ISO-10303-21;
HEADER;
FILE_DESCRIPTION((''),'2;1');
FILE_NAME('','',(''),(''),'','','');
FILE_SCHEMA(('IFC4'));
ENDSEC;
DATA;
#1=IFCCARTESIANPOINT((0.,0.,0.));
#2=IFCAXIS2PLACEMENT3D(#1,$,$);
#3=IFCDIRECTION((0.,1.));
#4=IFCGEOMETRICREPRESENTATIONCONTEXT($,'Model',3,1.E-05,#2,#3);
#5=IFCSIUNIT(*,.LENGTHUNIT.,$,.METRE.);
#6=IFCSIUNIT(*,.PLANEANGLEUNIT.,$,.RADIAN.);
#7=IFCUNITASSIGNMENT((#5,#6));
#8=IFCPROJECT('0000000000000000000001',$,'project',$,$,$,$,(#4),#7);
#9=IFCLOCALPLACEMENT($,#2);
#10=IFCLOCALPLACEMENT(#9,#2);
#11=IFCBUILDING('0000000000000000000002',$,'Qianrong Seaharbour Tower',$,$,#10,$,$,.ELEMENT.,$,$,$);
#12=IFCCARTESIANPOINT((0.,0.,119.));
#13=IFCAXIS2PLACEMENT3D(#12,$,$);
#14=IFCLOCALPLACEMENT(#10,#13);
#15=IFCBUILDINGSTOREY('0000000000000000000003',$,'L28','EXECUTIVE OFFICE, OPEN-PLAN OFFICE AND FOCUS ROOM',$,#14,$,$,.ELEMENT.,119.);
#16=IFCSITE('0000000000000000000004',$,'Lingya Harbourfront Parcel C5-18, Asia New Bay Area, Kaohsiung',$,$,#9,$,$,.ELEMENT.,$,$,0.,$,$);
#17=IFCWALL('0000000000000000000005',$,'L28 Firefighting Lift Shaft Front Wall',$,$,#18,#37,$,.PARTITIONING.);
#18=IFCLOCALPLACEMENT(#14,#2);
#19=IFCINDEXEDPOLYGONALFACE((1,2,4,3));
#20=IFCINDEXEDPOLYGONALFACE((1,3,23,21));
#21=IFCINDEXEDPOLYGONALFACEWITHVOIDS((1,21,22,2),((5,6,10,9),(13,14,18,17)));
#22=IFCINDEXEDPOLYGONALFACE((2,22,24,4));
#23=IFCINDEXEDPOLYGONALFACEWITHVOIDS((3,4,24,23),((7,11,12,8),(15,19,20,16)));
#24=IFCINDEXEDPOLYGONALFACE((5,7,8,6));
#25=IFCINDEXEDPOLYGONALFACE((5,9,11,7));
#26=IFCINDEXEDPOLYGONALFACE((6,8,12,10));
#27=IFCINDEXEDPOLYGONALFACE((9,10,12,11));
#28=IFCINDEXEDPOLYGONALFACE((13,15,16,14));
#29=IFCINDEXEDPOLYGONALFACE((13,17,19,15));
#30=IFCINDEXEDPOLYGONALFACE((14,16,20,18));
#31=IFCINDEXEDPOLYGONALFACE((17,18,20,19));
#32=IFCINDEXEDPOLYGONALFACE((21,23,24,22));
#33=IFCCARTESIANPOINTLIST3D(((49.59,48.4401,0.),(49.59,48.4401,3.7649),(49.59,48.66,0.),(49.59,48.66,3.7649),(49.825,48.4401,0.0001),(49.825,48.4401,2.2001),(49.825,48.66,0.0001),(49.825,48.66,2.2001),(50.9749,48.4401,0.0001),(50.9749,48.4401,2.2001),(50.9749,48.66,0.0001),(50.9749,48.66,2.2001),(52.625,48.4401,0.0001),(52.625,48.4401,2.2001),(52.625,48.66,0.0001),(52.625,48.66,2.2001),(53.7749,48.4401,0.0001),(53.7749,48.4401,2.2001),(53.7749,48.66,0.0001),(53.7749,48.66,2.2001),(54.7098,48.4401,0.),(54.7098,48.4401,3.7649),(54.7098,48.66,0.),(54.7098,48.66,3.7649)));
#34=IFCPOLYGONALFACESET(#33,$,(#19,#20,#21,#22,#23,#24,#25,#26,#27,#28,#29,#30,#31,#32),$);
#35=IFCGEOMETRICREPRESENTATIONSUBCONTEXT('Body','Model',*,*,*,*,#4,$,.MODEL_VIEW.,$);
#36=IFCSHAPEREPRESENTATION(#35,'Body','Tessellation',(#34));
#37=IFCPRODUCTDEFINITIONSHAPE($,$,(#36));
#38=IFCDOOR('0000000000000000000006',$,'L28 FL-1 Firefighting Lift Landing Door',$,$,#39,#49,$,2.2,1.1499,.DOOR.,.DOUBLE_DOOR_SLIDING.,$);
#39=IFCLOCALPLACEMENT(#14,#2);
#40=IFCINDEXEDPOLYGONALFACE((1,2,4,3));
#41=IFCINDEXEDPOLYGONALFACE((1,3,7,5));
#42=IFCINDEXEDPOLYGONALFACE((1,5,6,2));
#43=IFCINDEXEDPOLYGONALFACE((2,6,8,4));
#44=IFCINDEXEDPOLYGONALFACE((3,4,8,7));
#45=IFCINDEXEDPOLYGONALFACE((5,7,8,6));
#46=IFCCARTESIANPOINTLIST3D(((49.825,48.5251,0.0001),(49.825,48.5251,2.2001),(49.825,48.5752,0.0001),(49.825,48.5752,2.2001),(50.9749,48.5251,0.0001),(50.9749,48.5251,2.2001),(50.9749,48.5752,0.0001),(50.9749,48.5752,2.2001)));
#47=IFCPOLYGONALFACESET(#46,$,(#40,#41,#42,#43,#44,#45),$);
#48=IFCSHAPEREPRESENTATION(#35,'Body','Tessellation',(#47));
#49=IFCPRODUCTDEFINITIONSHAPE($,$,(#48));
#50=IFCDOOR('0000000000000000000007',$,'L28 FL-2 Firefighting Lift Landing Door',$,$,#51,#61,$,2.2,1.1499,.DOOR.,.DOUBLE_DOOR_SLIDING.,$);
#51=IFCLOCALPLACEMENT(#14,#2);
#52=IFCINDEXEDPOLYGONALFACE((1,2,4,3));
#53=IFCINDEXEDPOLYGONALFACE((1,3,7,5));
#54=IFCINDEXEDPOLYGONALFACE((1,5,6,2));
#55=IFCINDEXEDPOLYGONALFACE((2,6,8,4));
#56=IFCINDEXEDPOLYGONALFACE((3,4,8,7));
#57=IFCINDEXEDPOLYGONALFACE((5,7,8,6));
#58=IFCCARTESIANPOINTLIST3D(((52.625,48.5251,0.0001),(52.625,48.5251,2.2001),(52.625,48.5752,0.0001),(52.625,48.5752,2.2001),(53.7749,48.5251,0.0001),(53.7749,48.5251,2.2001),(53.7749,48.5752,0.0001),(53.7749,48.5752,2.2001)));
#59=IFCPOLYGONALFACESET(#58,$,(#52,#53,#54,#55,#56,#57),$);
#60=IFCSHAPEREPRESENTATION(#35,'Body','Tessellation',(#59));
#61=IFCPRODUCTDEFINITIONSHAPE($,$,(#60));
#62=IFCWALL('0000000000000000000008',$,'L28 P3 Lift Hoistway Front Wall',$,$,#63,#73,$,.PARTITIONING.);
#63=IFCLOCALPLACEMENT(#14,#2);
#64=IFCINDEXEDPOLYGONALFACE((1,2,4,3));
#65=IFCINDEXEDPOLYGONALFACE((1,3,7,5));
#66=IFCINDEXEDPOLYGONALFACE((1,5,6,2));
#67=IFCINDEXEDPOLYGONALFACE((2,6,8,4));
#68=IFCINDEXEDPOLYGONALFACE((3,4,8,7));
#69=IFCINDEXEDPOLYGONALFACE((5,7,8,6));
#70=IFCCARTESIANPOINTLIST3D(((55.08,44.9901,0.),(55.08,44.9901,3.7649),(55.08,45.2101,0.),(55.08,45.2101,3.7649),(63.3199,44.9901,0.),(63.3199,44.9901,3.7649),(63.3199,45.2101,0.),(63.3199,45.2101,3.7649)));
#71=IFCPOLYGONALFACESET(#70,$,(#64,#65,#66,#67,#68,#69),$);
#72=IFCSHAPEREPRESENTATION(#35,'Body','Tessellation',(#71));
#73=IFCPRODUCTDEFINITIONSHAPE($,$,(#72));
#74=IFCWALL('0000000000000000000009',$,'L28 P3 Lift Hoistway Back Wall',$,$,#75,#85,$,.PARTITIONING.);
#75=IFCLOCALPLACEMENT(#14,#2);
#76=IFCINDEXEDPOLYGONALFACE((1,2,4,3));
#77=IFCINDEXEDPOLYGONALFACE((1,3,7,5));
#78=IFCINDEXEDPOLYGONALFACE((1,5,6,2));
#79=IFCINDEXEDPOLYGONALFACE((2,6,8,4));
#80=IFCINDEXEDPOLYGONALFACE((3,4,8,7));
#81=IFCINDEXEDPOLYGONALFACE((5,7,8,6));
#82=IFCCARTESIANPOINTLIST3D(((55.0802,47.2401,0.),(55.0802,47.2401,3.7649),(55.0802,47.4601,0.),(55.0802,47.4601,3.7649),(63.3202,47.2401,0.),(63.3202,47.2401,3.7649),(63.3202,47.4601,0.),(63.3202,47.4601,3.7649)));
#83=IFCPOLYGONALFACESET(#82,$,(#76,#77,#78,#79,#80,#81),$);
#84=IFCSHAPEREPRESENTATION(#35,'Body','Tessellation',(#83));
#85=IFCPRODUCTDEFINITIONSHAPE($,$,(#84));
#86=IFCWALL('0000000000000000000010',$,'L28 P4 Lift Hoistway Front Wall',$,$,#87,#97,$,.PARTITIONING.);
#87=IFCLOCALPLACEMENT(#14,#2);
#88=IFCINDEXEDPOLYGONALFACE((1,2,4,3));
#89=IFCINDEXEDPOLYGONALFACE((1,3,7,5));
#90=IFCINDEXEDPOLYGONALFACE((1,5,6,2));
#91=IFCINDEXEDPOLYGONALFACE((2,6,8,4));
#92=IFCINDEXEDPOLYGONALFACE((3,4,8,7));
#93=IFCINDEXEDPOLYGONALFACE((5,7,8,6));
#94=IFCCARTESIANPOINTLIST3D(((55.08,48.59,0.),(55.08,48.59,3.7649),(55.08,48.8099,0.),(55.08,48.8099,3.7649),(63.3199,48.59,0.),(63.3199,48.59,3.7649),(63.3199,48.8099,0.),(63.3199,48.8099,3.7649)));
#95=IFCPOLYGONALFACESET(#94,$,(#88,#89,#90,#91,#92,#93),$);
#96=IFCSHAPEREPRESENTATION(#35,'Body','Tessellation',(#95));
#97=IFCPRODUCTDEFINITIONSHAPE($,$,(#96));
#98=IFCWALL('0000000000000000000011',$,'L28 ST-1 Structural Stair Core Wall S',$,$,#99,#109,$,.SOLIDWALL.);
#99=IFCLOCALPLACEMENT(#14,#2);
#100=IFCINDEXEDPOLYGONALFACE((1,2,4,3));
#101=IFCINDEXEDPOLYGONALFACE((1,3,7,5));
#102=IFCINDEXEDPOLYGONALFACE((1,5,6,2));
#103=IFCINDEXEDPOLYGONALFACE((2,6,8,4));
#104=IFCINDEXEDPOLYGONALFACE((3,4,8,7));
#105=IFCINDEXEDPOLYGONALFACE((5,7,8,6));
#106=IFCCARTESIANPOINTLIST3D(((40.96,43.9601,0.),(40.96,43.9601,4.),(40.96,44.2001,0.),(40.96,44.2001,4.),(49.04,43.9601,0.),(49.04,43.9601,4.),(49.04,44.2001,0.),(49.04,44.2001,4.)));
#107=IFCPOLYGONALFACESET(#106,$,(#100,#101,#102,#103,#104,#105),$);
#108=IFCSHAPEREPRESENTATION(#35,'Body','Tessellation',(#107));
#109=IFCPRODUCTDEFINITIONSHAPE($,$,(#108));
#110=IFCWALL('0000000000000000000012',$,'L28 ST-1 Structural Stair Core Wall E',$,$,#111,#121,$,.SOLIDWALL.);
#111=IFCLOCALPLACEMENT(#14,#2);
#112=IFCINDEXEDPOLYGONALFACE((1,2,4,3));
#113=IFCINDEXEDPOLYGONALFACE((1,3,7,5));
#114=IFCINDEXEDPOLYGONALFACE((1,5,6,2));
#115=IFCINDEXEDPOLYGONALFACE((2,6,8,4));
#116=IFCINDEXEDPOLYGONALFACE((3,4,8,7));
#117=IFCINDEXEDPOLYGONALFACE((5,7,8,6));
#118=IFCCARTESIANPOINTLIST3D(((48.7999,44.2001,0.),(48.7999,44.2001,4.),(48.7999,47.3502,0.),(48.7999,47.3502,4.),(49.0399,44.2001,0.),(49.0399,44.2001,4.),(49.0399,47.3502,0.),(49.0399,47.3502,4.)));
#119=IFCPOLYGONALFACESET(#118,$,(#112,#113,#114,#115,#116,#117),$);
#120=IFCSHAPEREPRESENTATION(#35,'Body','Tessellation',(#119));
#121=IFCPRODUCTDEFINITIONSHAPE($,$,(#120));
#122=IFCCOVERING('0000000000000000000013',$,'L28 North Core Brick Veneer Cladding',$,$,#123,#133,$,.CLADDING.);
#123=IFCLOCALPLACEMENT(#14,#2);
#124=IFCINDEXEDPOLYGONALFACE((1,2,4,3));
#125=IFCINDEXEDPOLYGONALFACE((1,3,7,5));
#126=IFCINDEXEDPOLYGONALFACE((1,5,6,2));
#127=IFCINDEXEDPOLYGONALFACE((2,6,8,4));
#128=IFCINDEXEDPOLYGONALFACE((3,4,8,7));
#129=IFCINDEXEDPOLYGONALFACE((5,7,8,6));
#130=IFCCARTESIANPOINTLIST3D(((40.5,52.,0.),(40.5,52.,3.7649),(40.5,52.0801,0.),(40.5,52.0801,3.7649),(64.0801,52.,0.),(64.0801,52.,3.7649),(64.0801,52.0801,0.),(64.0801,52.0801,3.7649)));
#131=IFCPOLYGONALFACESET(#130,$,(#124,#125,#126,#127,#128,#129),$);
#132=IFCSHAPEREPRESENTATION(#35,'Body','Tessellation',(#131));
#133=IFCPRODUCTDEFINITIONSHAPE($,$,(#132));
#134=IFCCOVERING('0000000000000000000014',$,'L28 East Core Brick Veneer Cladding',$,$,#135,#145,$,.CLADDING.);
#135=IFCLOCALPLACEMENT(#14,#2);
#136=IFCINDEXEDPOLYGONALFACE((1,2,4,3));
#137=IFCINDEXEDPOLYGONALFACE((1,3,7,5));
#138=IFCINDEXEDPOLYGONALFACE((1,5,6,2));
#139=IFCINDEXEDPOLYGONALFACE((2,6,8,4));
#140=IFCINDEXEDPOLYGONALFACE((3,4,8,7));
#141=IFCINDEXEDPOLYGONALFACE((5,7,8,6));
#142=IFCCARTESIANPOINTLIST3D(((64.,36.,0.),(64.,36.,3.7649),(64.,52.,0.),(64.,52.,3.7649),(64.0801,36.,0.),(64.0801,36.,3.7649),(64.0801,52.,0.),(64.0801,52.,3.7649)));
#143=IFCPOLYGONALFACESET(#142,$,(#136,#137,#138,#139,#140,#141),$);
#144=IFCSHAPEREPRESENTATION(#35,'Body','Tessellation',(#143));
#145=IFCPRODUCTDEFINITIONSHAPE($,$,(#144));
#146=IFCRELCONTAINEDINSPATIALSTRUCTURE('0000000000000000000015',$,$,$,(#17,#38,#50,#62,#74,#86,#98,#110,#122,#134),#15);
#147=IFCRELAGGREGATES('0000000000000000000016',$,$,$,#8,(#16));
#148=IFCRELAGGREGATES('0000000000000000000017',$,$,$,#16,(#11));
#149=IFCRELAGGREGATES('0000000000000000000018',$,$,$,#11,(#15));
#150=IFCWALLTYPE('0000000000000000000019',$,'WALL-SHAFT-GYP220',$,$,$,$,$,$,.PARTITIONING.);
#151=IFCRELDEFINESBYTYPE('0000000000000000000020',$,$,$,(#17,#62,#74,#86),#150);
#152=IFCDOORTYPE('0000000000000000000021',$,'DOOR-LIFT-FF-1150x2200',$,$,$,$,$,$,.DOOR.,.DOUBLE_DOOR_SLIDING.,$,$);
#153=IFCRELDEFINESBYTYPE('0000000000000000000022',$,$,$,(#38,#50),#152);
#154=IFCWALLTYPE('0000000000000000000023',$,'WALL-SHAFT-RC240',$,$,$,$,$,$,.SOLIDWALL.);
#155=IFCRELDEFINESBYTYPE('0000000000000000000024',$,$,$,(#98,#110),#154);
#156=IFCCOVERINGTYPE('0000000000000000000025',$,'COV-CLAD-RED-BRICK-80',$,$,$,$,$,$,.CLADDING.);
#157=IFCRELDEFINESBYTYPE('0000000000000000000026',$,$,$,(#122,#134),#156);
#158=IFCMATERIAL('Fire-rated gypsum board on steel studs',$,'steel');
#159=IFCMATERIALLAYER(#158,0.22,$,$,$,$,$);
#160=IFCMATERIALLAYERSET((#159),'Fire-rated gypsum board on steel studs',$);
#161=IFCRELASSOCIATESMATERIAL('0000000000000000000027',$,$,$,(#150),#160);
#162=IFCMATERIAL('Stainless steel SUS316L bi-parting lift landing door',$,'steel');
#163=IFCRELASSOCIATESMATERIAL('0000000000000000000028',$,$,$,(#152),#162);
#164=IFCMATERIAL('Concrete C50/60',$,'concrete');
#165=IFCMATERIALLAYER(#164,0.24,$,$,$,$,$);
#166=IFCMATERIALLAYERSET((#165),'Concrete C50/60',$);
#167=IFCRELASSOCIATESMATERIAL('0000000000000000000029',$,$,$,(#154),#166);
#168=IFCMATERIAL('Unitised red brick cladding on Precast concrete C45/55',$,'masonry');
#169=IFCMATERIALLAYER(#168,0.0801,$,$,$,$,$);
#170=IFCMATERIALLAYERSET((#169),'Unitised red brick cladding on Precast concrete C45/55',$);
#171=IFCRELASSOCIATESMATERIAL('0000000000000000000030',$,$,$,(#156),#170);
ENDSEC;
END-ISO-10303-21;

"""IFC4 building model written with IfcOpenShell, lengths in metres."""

from ifc_helpers import new_model, si_unit, direction, frame, frame_2d, origin, origin_2d, place, context, subcontext, project, spatial, rectangle, extrude, material, layer, layer_set, type_object, element, fill, save


model = new_model("IFC4")

# Units and contexts
model_context = context("Model", 3, precision=1e-05, world=origin(), true_north=direction((0.0, 1.0)))
body_context = subcontext(model_context, "Body", "Model", "MODEL_VIEW")
ifc_project = project(units=[si_unit("LENGTHUNIT", "METRE"), si_unit("PLANEANGLEUNIT", "RADIAN")], contexts=[model_context])

# Site, building, storey
site_placement = place(None, origin())
site = spatial("IfcSite", under=ifc_project, at=site_placement, Name="Lingya Harbourfront Parcel C5-18, Asia New Bay Area, Kaohsiung", CompositionType="ELEMENT", RefElevation=0.0)
building_placement = place(site_placement, origin())
building = spatial("IfcBuilding", under=site, at=building_placement, Name="Qianrong Seaharbour Tower", CompositionType="ELEMENT")
storey_placement = place(building_placement, frame((0.0, 0.0, 119.0)))
storey = spatial("IfcBuildingStorey", under=building, at=storey_placement, Name="L28", Description="EXECUTIVE OFFICE, OPEN-PLAN OFFICE AND FOCUS ROOM", CompositionType="ELEMENT", Elevation=119.0)

# Shared definitions
ifc_material_1 = material(Name="Fire-rated gypsum board on steel studs", Category="steel")

# Wall, openings, doors
ifc_layer_1 = layer(ifc_material_1, 0.22)
ifc_layer_set_1 = layer_set([ifc_layer_1], Name="Fire-rated gypsum board on steel studs")
wall_type_1 = type_object("IfcWallType", Name="WALL-SHAFT-GYP220", PredefinedType="PARTITIONING", material=ifc_layer_set_1)
wall_1_placement = place(storey_placement, frame((54.71, 48.55, 0.0), z_axis=(0.0, 0.0, 1.0), x_axis=(-1.0, 0.0, 0.0)))
wall_1 = element("IfcWall", 1, at=wall_1_placement, inside=storey, type_object=wall_type_1, Name="L28 Firefighting Lift Shaft Front Wall", PredefinedType="PARTITIONING", context=body_context, shape_type="SweptSolid", body=[
    extrude(rectangle(XDim=5.1199, YDim=0.22, at=frame_2d((2.5601, 0.0))), origin(), (0.0, 0.0, 1.0), 3.7649),
])
opening_1_placement = place(wall_1_placement, frame((3.7351, 0.0, 0.0)))
opening_1 = element("IfcOpeningElement", 2, at=opening_1_placement, cuts=wall_1, PredefinedType="OPENING", context=body_context, shape_type="SweptSolid", body=[
    extrude(rectangle(XDim=1.1499, YDim=2.2, at=frame_2d((0.575, 1.1001))), frame((0.0, 0.1201, 0.0), z_axis=(0.0, -1.0, 0.0), x_axis=(1.0, 0.0, 0.0)), (0.0, 0.0, 1.0), 0.24),
])
opening_2_placement = place(wall_1_placement, frame((0.9351, 0.0, 0.0)))
opening_2 = element("IfcOpeningElement", 3, at=opening_2_placement, cuts=wall_1, PredefinedType="OPENING", context=body_context, shape_type="SweptSolid", body=[
    extrude(rectangle(XDim=1.1499, YDim=2.2, at=frame_2d((0.575, 1.1001))), frame((0.0, 0.1201, 0.0), z_axis=(0.0, -1.0, 0.0), x_axis=(1.0, 0.0, 0.0)), (0.0, 0.0, 1.0), 0.24),
])
ifc_material_2 = material(Name="Stainless steel SUS316L bi-parting lift landing door", Category="steel")
door_type_1 = type_object("IfcDoorType", Name="DOOR-LIFT-FF-1150x2200", OperationType="DOUBLE_DOOR_SLIDING", PredefinedType="DOOR", material=ifc_material_2)
door_1_placement = place(opening_1_placement, origin())
door_1 = element("IfcDoor", 4, at=door_1_placement, inside=storey, type_object=door_type_1, Name="L28 FL-1 Firefighting Lift Landing Door", OperationType="DOUBLE_DOOR_SLIDING", OverallHeight=2.2, OverallWidth=1.1499, PredefinedType="DOOR", context=body_context, shape_type="SweptSolid", body=[
    extrude(rectangle(XDim=1.1499, YDim=2.2, at=frame_2d((0.575, 1.1001))), frame((0.0, 0.0249, 0.0), z_axis=(0.0, -1.0, 0.0), x_axis=(1.0, 0.0, 0.0)), (0.0, 0.0, 1.0), 0.05),
])
fill(opening_1, door_1)
door_2_placement = place(opening_2_placement, origin())
door_2 = element("IfcDoor", 5, at=door_2_placement, inside=storey, type_object=door_type_1, Name="L28 FL-2 Firefighting Lift Landing Door", OperationType="DOUBLE_DOOR_SLIDING", OverallHeight=2.2, OverallWidth=1.1499, PredefinedType="DOOR", context=body_context, shape_type="SweptSolid", body=[
    extrude(rectangle(XDim=1.1499, YDim=2.2, at=frame_2d((0.575, 1.1001))), frame((0.0, 0.0249, 0.0), z_axis=(0.0, -1.0, 0.0), x_axis=(1.0, 0.0, 0.0)), (0.0, 0.0, 1.0), 0.05),
])
fill(opening_2, door_2)

# Walls
for number, where, z_axis, x_axis, name in (
    (6, (63.3201, 45.1001, 0.0), (0.0, 0.0, 1.0), (-1.0, 0.0, 0.0), "L28 P3 Lift Hoistway Front Wall"),
    (7, (55.0801, 47.3501, 0.0), (0.0, 0.0, 1.0), (1.0, 0.0, 0.0), "L28 P3 Lift Hoistway Back Wall"),
    (8, (63.3201, 48.7, 0.0), (0.0, 0.0, 1.0), (-1.0, 0.0, 0.0), "L28 P4 Lift Hoistway Front Wall"),
):
    element("IfcWall", number, at=place(storey_placement, frame(where, z_axis=z_axis, x_axis=x_axis)), inside=storey, type_object=wall_type_1, Name=name, PredefinedType="PARTITIONING", context=body_context, shape_type="SweptSolid", body=[
        extrude(rectangle(XDim=8.24, YDim=0.22, at=frame_2d((4.1201, 0.0))), origin(), (0.0, 0.0, 1.0), 3.7649),
    ])
ifc_material_3 = material(Name="Concrete C50/60", Category="concrete")
ifc_layer_2 = layer(ifc_material_3, 0.24)
ifc_layer_set_2 = layer_set([ifc_layer_2], Name="Concrete C50/60")
wall_type_2 = type_object("IfcWallType", Name="WALL-SHAFT-RC240", PredefinedType="SOLIDWALL", material=ifc_layer_set_2)
wall_2_placement = place(storey_placement, frame((49.04, 44.0801, 0.0), z_axis=(0.0, 0.0, 1.0), x_axis=(-1.0, 0.0, 0.0)))
element("IfcWall", 9, at=wall_2_placement, inside=storey, type_object=wall_type_2, Name="L28 ST-1 Structural Stair Core Wall S", PredefinedType="SOLIDWALL", context=body_context, shape_type="SweptSolid", body=[
    extrude(rectangle(XDim=8.0801, YDim=0.24, at=frame_2d((4.04, 0.0))), origin(), (0.0, 0.0, 1.0), 4.0),
])
wall_3_placement = place(storey_placement, frame((48.9199, 44.2, 0.0), z_axis=(0.0, 0.0, 1.0), x_axis=(0.0, 1.0, 0.0)))
element("IfcWall", 10, at=wall_3_placement, inside=storey, type_object=wall_type_2, Name="L28 ST-1 Structural Stair Core Wall E", PredefinedType="SOLIDWALL", context=body_context, shape_type="SweptSolid", body=[
    extrude(rectangle(XDim=3.1501, YDim=0.24, at=frame_2d((1.5752, 0.0))), origin(), (0.0, 0.0, 1.0), 4.0),
])

# Coverings
ifc_material_4 = material(Name="Unitised red brick cladding on Precast concrete C45/55", Category="masonry")
ifc_layer_3 = layer(ifc_material_4, 0.0801)
ifc_layer_set_3 = layer_set([ifc_layer_3], Name="Unitised red brick cladding on Precast concrete C45/55")
covering_type = type_object("IfcCoveringType", Name="COV-CLAD-RED-BRICK-80", PredefinedType="CLADDING", material=ifc_layer_set_3)
covering_1_placement = place(storey_placement, frame((52.29, 52.04, 0.0), z_axis=(0.0, 0.0, 1.0), x_axis=(1.0, 0.0, 0.0)))
element("IfcCovering", 11, at=covering_1_placement, inside=storey, type_object=covering_type, Name="L28 North Core Brick Veneer Cladding", PredefinedType="CLADDING", context=body_context, shape_type="SweptSolid", body=[
    extrude(rectangle(XDim=23.5801, YDim=0.0801, at=origin_2d()), origin(), (0.0, 0.0, 1.0), 3.7649),
])
covering_2_placement = place(storey_placement, frame((64.04, 44.0, 0.0), z_axis=(0.0, 0.0, 1.0), x_axis=(1.0, 0.0, 0.0)))
element("IfcCovering", 12, at=covering_2_placement, inside=storey, type_object=covering_type, Name="L28 East Core Brick Veneer Cladding", PredefinedType="CLADDING", context=body_context, shape_type="SweptSolid", body=[
    extrude(rectangle(XDim=0.0801, YDim=16.0, at=origin_2d()), origin(), (0.0, 0.0, 1.0), 3.7649),
])

save(model, "model.ifc")
